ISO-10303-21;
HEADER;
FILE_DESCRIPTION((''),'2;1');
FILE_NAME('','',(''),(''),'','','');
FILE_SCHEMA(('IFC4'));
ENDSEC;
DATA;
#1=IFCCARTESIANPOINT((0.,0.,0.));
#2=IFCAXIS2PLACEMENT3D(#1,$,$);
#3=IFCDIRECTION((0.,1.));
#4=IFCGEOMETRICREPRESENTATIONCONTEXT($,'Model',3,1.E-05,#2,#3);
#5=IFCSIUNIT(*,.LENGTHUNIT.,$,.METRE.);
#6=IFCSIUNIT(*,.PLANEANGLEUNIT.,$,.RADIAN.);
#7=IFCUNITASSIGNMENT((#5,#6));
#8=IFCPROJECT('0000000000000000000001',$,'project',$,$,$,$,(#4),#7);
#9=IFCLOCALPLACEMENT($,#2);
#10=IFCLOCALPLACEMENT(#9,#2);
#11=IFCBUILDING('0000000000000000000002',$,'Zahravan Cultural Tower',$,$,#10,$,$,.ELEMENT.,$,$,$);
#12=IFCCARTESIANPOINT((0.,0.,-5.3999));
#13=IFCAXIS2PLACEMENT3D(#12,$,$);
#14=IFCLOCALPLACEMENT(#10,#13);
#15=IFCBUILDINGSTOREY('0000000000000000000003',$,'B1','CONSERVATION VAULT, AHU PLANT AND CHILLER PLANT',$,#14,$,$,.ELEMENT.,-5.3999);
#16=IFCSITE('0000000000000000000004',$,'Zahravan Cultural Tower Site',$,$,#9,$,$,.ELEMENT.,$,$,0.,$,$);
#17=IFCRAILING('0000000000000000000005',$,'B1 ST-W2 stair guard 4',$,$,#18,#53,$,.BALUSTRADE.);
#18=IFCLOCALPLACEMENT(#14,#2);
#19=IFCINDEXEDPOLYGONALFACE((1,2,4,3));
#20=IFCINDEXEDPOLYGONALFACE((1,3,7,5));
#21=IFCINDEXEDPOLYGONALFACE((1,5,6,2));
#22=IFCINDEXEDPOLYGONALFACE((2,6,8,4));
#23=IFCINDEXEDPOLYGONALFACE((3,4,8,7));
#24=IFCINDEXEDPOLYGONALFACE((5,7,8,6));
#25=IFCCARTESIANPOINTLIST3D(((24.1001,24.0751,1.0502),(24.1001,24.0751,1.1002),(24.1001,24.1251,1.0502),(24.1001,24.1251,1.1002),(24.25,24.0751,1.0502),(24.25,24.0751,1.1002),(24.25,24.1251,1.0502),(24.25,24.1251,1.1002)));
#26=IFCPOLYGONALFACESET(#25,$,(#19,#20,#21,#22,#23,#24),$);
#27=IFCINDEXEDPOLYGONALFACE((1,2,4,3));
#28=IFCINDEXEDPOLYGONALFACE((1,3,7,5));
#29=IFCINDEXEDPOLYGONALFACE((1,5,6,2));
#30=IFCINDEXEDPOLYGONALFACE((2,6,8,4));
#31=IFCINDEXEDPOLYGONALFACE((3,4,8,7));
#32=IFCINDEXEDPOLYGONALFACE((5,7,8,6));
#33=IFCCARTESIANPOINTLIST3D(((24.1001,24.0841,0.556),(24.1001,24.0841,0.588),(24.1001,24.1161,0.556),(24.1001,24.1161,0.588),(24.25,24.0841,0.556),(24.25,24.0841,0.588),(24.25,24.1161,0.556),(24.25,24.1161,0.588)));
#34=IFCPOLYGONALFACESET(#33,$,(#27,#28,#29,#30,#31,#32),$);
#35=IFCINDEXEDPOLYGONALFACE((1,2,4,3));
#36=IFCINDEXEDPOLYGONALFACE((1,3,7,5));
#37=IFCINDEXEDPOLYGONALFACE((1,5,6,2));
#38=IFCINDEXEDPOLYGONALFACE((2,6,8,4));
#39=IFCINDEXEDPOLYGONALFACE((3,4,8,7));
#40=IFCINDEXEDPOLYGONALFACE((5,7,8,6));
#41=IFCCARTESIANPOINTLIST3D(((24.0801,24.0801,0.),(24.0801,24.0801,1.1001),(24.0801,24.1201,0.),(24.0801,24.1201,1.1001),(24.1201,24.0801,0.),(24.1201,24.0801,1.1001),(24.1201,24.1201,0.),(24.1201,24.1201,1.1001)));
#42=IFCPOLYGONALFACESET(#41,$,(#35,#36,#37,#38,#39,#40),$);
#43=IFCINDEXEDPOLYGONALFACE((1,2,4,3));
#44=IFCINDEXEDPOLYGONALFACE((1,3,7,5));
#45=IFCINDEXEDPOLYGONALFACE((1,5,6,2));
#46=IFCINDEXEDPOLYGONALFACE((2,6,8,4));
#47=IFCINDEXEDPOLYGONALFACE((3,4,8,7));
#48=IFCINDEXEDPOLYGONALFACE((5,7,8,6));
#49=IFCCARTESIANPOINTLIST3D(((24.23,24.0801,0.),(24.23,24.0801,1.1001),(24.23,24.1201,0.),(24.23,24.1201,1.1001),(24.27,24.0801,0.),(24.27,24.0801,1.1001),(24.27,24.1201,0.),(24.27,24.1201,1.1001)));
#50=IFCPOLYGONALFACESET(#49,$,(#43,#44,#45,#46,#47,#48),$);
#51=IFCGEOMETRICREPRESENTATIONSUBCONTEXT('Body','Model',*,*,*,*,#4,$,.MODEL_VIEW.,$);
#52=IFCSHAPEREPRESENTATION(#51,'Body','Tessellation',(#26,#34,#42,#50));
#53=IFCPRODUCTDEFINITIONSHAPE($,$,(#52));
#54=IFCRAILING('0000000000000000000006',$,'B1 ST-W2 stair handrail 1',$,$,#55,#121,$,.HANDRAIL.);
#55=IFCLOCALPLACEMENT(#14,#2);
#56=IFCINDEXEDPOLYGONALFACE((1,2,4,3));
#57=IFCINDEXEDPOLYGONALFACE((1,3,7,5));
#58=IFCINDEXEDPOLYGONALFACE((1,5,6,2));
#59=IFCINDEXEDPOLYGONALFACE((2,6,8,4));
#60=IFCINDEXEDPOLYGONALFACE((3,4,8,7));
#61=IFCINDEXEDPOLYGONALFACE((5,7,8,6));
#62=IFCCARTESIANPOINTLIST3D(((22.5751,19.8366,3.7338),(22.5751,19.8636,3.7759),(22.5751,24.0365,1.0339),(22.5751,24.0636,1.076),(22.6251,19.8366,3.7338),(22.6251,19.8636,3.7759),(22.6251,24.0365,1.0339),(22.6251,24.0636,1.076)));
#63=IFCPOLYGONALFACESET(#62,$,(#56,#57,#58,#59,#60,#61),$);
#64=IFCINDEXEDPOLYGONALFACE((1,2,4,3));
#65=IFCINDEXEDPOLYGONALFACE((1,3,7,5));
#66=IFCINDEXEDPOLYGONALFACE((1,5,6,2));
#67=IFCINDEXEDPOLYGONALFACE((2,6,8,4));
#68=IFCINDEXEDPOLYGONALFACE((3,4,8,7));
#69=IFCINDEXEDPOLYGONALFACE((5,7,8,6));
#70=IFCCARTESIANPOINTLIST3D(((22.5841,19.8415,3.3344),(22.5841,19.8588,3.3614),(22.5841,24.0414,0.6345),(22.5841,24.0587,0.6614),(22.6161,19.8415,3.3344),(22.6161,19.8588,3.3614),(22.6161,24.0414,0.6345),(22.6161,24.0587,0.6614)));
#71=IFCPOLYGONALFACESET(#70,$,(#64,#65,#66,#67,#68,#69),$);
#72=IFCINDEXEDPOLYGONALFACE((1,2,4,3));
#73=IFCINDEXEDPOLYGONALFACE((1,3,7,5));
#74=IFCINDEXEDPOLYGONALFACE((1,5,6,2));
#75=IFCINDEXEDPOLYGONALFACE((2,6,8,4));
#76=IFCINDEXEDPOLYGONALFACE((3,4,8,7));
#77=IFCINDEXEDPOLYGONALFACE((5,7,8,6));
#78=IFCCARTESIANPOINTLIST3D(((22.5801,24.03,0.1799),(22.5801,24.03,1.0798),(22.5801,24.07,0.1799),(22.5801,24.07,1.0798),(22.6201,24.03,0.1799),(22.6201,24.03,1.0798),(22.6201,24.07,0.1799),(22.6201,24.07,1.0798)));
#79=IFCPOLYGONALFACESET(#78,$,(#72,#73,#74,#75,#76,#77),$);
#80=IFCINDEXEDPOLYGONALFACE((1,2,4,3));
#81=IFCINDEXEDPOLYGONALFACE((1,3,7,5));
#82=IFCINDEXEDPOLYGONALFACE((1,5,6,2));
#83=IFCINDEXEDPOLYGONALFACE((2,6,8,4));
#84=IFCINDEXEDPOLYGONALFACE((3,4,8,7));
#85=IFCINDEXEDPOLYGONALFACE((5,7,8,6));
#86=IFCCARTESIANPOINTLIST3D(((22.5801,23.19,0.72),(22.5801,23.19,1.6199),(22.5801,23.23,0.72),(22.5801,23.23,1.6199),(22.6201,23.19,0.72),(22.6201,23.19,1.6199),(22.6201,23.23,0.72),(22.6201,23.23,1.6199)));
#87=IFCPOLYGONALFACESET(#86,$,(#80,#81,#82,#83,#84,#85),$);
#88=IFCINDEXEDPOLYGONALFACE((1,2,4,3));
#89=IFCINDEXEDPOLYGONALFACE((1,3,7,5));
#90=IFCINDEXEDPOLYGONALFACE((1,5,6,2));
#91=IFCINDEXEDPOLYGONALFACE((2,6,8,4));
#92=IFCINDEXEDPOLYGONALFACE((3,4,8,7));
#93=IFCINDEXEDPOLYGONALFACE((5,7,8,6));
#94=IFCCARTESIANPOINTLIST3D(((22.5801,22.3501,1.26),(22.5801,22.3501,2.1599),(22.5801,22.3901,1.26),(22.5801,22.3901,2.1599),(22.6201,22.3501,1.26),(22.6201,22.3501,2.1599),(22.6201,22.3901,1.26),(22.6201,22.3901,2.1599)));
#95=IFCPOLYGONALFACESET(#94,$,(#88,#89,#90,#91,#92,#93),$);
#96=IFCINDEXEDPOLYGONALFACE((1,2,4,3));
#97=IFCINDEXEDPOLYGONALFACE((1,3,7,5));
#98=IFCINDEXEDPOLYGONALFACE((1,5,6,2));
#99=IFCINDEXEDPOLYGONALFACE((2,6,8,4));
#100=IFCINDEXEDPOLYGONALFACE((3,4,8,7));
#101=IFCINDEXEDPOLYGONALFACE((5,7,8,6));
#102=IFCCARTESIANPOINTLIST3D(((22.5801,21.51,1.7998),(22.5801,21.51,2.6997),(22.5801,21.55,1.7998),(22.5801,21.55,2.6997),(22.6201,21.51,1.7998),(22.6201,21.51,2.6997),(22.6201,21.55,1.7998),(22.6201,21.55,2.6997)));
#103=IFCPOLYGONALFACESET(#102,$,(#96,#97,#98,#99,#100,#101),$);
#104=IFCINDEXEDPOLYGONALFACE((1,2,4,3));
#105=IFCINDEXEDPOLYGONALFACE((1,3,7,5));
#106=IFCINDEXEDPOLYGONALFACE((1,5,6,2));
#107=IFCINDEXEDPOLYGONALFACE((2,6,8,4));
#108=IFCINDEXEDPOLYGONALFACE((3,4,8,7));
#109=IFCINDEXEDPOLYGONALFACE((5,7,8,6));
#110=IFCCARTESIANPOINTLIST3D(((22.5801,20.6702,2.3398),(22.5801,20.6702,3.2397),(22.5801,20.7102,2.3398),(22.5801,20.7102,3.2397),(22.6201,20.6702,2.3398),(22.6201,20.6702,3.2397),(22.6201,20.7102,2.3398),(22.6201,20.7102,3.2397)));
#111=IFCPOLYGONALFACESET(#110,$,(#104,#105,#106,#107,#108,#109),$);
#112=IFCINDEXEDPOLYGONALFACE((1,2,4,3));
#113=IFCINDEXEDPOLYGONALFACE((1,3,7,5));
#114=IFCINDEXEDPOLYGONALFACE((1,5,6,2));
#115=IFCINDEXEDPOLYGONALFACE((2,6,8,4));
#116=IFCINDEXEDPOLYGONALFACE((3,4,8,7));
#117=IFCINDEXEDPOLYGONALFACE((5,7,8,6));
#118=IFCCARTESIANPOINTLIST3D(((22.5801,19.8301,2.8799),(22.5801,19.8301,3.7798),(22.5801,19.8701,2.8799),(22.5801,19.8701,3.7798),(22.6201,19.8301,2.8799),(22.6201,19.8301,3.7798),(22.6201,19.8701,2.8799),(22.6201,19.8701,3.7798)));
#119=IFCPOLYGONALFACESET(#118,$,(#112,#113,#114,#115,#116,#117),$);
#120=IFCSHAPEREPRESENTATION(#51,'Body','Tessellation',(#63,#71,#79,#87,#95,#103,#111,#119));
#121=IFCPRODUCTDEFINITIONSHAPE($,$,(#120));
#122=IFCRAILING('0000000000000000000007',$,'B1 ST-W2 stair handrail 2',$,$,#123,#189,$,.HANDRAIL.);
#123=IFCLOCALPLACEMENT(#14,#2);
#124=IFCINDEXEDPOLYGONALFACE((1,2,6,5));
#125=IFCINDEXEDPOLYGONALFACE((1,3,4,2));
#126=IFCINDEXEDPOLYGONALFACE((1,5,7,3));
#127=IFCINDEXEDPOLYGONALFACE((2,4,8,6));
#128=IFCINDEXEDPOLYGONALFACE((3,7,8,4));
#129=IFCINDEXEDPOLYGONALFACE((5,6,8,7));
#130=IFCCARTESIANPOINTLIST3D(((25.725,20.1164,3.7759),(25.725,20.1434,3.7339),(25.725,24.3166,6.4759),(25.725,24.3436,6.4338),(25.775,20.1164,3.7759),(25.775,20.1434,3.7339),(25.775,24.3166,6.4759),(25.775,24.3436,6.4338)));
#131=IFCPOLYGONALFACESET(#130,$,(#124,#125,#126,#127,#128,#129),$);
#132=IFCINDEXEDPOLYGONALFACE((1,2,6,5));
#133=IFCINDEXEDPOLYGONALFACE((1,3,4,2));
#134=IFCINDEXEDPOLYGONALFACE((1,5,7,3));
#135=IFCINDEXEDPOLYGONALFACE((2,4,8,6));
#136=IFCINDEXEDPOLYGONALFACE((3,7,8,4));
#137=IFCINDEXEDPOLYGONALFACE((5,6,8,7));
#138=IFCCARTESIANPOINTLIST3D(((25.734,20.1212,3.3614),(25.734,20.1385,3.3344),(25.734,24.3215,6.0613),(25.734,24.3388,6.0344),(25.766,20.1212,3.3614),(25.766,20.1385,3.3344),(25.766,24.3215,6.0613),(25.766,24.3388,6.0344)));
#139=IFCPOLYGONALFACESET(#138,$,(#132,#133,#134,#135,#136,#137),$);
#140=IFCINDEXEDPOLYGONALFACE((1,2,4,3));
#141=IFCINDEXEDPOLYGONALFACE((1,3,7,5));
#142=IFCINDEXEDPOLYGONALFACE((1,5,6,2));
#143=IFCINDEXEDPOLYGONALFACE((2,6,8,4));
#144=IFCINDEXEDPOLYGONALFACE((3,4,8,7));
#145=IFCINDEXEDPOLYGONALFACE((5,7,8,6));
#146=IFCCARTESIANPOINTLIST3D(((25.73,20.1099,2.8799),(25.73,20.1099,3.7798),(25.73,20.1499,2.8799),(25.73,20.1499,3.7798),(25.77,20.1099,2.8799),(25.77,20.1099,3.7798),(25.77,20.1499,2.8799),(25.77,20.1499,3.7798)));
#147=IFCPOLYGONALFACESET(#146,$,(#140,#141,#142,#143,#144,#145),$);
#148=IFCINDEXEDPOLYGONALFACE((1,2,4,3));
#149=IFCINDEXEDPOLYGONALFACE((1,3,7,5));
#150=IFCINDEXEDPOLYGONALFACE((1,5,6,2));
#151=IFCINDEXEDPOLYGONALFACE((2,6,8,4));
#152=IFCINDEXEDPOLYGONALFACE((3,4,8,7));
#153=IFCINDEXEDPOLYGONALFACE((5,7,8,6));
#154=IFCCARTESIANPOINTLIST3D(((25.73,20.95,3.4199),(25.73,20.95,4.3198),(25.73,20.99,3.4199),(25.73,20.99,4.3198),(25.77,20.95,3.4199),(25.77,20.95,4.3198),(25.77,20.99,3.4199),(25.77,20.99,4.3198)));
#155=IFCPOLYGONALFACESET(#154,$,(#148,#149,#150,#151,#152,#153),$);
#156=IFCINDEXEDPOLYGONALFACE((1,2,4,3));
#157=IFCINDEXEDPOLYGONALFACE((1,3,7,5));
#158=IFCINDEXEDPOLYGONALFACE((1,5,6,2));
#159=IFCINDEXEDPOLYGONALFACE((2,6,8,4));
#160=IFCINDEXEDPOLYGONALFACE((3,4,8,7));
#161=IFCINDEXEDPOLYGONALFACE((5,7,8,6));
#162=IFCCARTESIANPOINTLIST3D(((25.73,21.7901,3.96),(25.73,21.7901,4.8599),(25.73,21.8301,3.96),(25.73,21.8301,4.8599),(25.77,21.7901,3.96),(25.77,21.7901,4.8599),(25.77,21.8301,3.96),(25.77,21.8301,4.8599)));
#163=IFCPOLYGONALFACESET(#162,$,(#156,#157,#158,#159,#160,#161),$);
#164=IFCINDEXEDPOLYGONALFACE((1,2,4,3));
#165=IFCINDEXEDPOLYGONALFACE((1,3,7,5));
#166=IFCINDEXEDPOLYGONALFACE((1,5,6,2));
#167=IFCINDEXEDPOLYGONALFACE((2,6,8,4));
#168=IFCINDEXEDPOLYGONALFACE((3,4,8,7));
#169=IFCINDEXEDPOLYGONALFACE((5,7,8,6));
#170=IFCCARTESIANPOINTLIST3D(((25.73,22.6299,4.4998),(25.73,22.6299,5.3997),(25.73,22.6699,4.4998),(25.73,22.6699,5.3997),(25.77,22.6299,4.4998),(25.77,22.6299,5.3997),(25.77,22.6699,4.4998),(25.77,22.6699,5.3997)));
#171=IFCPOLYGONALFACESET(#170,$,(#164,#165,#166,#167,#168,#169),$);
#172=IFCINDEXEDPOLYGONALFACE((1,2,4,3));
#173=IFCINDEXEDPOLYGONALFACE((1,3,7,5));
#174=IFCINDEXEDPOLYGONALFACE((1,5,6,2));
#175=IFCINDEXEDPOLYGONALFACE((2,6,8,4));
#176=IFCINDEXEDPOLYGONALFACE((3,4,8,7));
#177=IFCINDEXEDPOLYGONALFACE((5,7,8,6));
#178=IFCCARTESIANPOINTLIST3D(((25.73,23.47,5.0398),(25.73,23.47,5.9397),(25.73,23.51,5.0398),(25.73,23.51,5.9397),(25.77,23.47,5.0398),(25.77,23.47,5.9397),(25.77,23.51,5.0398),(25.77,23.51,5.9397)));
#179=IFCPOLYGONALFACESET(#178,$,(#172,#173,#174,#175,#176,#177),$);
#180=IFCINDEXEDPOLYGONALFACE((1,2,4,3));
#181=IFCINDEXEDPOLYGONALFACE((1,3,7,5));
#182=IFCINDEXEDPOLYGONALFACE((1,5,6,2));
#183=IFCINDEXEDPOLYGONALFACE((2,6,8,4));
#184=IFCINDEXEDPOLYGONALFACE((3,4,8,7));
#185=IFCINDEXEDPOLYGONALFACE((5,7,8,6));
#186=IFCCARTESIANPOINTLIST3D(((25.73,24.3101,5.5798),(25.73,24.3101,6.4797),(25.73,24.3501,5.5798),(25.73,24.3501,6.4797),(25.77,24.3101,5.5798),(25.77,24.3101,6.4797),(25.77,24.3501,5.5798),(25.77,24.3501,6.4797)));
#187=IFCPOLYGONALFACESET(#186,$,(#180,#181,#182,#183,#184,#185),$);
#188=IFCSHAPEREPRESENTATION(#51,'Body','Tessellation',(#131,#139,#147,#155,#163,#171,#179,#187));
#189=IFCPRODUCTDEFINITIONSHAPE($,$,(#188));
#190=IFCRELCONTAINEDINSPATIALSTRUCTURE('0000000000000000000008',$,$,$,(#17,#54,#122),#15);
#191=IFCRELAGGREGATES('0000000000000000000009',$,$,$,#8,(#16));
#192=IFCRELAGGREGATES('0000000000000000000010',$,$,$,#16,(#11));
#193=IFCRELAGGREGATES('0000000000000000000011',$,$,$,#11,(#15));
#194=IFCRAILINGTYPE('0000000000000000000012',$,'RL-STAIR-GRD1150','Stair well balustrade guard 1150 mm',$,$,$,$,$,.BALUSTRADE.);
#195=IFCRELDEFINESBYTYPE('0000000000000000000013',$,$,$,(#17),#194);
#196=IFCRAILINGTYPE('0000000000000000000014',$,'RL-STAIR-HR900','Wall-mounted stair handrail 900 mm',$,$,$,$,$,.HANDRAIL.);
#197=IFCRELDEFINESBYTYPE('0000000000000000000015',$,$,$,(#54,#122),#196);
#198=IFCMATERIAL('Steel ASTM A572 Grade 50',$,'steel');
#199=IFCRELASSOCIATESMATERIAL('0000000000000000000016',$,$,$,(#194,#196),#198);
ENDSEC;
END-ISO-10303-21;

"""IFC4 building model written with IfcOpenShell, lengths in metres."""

from ifc_helpers import new_model, si_unit, direction, frame, origin, origin_2d, place, context, subcontext, project, spatial, rectangle, extrude, material, type_object, element, save


model = new_model("IFC4")

# Units and contexts
model_context = context("Model", 3, precision=1e-05, world=origin(), true_north=direction((0.0, 1.0)))
body_context = subcontext(model_context, "Body", "Model", "MODEL_VIEW")
ifc_project = project(units=[si_unit("LENGTHUNIT", "METRE"), si_unit("PLANEANGLEUNIT", "RADIAN")], contexts=[model_context])

# Site, building, storey
site_placement = place(None, origin())
site = spatial("IfcSite", under=ifc_project, at=site_placement, Name="Zahravan Cultural Tower Site", CompositionType="ELEMENT", RefElevation=0.0)
building_placement = place(site_placement, origin())
building = spatial("IfcBuilding", under=site, at=building_placement, Name="Zahravan Cultural Tower", CompositionType="ELEMENT")
storey_placement = place(building_placement, frame((0.0, 0.0, -5.3999)))
storey = spatial("IfcBuildingStorey", under=building, at=storey_placement, Name="B1", Description="CONSERVATION VAULT, AHU PLANT AND CHILLER PLANT", CompositionType="ELEMENT", Elevation=-5.3999)

# Shared definitions
ifc_material_1 = material(Name="Steel ASTM A572 Grade 50", Category="steel")

# Railings
railing_type_1 = type_object("IfcRailingType", Name="RL-STAIR-GRD1150", Description="Stair well balustrade guard 1150 mm", PredefinedType="BALUSTRADE", material=ifc_material_1)
railing_1_placement = place(storey_placement, frame((24.1001, 24.1001, 0.0)))
element("IfcRailing", 1, at=railing_1_placement, inside=storey, type_object=railing_type_1, Name="B1 ST-W2 stair guard 4", PredefinedType="BALUSTRADE", context=body_context, shape_type="SweptSolid", body=[
    extrude(rectangle(XDim=0.05, YDim=0.05, at=origin_2d()), frame((0.0, 0.0, 1.0752), z_axis=(1.0, 0.0, 0.0), x_axis=(0.0, 1.0, 0.0)), (0.0, 0.0, 1.0), 0.1499),
    extrude(rectangle(XDim=0.032, YDim=0.032, at=origin_2d()), frame((0.0, 0.0, 0.572), z_axis=(1.0, 0.0, 0.0), x_axis=(0.0, 1.0, 0.0)), (0.0, 0.0, 1.0), 0.1499),
    extrude(rectangle(XDim=0.04, YDim=0.04, at=origin_2d()), origin(), (0.0, 0.0, 1.0), 1.1001),
    extrude(rectangle(XDim=0.04, YDim=0.04, at=origin_2d()), frame((0.1499, 0.0, 0.0)), (0.0, 0.0, 1.0), 1.1001),
])
railing_type_2 = type_object("IfcRailingType", Name="RL-STAIR-HR900", Description="Wall-mounted stair handrail 900 mm", PredefinedType="HANDRAIL", material=ifc_material_1)
railing_2_placement = place(storey_placement, frame((22.6001, 24.05, 0.1799)))
element("IfcRailing", 2, at=railing_2_placement, inside=storey, type_object=railing_type_2, Name="B1 ST-W2 stair handrail 1", PredefinedType="HANDRAIL", context=body_context, shape_type="SweptSolid", body=[
    extrude(rectangle(XDim=0.05, YDim=0.05, at=origin_2d()), frame((0.0, 0.0, 0.875), z_axis=(0.0, -0.84118, 0.540755), x_axis=(1.0, 0.0, 0.0)), (0.0, 0.0, 1.0), 4.9929),
    extrude(rectangle(XDim=0.032, YDim=0.032, at=origin_2d()), frame((0.0, 0.0, 0.468), z_axis=(0.0, -0.84118, 0.540755), x_axis=(1.0, 0.0, 0.0)), (0.0, 0.0, 1.0), 4.9929),
    extrude(rectangle(XDim=0.04, YDim=0.04, at=origin_2d()), origin(), (0.0, 0.0, 1.0), 0.8999),
    extrude(rectangle(XDim=0.04, YDim=0.04, at=origin_2d()), frame((0.0, -0.8401, 0.54)), (0.0, 0.0, 1.0), 0.8999),
    extrude(rectangle(XDim=0.04, YDim=0.04, at=origin_2d()), frame((0.0, -1.6799, 1.0801)), (0.0, 0.0, 1.0), 0.8999),
    extrude(rectangle(XDim=0.04, YDim=0.04, at=origin_2d()), frame((0.0, -2.52, 1.6199)), (0.0, 0.0, 1.0), 0.8999),
    extrude(rectangle(XDim=0.04, YDim=0.04, at=origin_2d()), frame((0.0, -3.3599, 2.1599)), (0.0, 0.0, 1.0), 0.8999),
    extrude(rectangle(XDim=0.04, YDim=0.04, at=origin_2d()), frame((0.0, -4.2, 2.7)), (0.0, 0.0, 1.0), 0.8999),
])
railing_3_placement = place(storey_placement, frame((25.75, 20.1299, 2.8799)))
element("IfcRailing", 3, at=railing_3_placement, inside=storey, type_object=railing_type_2, Name="B1 ST-W2 stair handrail 2", PredefinedType="HANDRAIL", context=body_context, shape_type="SweptSolid", body=[
    extrude(rectangle(XDim=0.05, YDim=0.05, at=origin_2d()), frame((0.0, 0.0, 0.875), z_axis=(0.0, 0.841194, 0.540733), x_axis=(-1.0, 0.0, 0.0)), (0.0, 0.0, 1.0), 4.9932),
    extrude(rectangle(XDim=0.032, YDim=0.032, at=origin_2d()), frame((0.0, 0.0, 0.468), z_axis=(0.0, 0.841194, 0.540733), x_axis=(-1.0, 0.0, 0.0)), (0.0, 0.0, 1.0), 4.9932),
    extrude(rectangle(XDim=0.04, YDim=0.04, at=origin_2d()), origin(), (0.0, 0.0, 1.0), 0.8999),
    extrude(rectangle(XDim=0.04, YDim=0.04, at=origin_2d()), frame((0.0, 0.8401, 0.54)), (0.0, 0.0, 1.0), 0.8999),
    extrude(rectangle(XDim=0.04, YDim=0.04, at=origin_2d()), frame((0.0, 1.6802, 1.0801)), (0.0, 0.0, 1.0), 0.8999),
    extrude(rectangle(XDim=0.04, YDim=0.04, at=origin_2d()), frame((0.0, 2.52, 1.6199)), (0.0, 0.0, 1.0), 0.8999),
    extrude(rectangle(XDim=0.04, YDim=0.04, at=origin_2d()), frame((0.0, 3.3601, 2.1599)), (0.0, 0.0, 1.0), 0.8999),
    extrude(rectangle(XDim=0.04, YDim=0.04, at=origin_2d()), frame((0.0, 4.2002, 2.7)), (0.0, 0.0, 1.0), 0.8999),
])

save(model, "model.ifc")
